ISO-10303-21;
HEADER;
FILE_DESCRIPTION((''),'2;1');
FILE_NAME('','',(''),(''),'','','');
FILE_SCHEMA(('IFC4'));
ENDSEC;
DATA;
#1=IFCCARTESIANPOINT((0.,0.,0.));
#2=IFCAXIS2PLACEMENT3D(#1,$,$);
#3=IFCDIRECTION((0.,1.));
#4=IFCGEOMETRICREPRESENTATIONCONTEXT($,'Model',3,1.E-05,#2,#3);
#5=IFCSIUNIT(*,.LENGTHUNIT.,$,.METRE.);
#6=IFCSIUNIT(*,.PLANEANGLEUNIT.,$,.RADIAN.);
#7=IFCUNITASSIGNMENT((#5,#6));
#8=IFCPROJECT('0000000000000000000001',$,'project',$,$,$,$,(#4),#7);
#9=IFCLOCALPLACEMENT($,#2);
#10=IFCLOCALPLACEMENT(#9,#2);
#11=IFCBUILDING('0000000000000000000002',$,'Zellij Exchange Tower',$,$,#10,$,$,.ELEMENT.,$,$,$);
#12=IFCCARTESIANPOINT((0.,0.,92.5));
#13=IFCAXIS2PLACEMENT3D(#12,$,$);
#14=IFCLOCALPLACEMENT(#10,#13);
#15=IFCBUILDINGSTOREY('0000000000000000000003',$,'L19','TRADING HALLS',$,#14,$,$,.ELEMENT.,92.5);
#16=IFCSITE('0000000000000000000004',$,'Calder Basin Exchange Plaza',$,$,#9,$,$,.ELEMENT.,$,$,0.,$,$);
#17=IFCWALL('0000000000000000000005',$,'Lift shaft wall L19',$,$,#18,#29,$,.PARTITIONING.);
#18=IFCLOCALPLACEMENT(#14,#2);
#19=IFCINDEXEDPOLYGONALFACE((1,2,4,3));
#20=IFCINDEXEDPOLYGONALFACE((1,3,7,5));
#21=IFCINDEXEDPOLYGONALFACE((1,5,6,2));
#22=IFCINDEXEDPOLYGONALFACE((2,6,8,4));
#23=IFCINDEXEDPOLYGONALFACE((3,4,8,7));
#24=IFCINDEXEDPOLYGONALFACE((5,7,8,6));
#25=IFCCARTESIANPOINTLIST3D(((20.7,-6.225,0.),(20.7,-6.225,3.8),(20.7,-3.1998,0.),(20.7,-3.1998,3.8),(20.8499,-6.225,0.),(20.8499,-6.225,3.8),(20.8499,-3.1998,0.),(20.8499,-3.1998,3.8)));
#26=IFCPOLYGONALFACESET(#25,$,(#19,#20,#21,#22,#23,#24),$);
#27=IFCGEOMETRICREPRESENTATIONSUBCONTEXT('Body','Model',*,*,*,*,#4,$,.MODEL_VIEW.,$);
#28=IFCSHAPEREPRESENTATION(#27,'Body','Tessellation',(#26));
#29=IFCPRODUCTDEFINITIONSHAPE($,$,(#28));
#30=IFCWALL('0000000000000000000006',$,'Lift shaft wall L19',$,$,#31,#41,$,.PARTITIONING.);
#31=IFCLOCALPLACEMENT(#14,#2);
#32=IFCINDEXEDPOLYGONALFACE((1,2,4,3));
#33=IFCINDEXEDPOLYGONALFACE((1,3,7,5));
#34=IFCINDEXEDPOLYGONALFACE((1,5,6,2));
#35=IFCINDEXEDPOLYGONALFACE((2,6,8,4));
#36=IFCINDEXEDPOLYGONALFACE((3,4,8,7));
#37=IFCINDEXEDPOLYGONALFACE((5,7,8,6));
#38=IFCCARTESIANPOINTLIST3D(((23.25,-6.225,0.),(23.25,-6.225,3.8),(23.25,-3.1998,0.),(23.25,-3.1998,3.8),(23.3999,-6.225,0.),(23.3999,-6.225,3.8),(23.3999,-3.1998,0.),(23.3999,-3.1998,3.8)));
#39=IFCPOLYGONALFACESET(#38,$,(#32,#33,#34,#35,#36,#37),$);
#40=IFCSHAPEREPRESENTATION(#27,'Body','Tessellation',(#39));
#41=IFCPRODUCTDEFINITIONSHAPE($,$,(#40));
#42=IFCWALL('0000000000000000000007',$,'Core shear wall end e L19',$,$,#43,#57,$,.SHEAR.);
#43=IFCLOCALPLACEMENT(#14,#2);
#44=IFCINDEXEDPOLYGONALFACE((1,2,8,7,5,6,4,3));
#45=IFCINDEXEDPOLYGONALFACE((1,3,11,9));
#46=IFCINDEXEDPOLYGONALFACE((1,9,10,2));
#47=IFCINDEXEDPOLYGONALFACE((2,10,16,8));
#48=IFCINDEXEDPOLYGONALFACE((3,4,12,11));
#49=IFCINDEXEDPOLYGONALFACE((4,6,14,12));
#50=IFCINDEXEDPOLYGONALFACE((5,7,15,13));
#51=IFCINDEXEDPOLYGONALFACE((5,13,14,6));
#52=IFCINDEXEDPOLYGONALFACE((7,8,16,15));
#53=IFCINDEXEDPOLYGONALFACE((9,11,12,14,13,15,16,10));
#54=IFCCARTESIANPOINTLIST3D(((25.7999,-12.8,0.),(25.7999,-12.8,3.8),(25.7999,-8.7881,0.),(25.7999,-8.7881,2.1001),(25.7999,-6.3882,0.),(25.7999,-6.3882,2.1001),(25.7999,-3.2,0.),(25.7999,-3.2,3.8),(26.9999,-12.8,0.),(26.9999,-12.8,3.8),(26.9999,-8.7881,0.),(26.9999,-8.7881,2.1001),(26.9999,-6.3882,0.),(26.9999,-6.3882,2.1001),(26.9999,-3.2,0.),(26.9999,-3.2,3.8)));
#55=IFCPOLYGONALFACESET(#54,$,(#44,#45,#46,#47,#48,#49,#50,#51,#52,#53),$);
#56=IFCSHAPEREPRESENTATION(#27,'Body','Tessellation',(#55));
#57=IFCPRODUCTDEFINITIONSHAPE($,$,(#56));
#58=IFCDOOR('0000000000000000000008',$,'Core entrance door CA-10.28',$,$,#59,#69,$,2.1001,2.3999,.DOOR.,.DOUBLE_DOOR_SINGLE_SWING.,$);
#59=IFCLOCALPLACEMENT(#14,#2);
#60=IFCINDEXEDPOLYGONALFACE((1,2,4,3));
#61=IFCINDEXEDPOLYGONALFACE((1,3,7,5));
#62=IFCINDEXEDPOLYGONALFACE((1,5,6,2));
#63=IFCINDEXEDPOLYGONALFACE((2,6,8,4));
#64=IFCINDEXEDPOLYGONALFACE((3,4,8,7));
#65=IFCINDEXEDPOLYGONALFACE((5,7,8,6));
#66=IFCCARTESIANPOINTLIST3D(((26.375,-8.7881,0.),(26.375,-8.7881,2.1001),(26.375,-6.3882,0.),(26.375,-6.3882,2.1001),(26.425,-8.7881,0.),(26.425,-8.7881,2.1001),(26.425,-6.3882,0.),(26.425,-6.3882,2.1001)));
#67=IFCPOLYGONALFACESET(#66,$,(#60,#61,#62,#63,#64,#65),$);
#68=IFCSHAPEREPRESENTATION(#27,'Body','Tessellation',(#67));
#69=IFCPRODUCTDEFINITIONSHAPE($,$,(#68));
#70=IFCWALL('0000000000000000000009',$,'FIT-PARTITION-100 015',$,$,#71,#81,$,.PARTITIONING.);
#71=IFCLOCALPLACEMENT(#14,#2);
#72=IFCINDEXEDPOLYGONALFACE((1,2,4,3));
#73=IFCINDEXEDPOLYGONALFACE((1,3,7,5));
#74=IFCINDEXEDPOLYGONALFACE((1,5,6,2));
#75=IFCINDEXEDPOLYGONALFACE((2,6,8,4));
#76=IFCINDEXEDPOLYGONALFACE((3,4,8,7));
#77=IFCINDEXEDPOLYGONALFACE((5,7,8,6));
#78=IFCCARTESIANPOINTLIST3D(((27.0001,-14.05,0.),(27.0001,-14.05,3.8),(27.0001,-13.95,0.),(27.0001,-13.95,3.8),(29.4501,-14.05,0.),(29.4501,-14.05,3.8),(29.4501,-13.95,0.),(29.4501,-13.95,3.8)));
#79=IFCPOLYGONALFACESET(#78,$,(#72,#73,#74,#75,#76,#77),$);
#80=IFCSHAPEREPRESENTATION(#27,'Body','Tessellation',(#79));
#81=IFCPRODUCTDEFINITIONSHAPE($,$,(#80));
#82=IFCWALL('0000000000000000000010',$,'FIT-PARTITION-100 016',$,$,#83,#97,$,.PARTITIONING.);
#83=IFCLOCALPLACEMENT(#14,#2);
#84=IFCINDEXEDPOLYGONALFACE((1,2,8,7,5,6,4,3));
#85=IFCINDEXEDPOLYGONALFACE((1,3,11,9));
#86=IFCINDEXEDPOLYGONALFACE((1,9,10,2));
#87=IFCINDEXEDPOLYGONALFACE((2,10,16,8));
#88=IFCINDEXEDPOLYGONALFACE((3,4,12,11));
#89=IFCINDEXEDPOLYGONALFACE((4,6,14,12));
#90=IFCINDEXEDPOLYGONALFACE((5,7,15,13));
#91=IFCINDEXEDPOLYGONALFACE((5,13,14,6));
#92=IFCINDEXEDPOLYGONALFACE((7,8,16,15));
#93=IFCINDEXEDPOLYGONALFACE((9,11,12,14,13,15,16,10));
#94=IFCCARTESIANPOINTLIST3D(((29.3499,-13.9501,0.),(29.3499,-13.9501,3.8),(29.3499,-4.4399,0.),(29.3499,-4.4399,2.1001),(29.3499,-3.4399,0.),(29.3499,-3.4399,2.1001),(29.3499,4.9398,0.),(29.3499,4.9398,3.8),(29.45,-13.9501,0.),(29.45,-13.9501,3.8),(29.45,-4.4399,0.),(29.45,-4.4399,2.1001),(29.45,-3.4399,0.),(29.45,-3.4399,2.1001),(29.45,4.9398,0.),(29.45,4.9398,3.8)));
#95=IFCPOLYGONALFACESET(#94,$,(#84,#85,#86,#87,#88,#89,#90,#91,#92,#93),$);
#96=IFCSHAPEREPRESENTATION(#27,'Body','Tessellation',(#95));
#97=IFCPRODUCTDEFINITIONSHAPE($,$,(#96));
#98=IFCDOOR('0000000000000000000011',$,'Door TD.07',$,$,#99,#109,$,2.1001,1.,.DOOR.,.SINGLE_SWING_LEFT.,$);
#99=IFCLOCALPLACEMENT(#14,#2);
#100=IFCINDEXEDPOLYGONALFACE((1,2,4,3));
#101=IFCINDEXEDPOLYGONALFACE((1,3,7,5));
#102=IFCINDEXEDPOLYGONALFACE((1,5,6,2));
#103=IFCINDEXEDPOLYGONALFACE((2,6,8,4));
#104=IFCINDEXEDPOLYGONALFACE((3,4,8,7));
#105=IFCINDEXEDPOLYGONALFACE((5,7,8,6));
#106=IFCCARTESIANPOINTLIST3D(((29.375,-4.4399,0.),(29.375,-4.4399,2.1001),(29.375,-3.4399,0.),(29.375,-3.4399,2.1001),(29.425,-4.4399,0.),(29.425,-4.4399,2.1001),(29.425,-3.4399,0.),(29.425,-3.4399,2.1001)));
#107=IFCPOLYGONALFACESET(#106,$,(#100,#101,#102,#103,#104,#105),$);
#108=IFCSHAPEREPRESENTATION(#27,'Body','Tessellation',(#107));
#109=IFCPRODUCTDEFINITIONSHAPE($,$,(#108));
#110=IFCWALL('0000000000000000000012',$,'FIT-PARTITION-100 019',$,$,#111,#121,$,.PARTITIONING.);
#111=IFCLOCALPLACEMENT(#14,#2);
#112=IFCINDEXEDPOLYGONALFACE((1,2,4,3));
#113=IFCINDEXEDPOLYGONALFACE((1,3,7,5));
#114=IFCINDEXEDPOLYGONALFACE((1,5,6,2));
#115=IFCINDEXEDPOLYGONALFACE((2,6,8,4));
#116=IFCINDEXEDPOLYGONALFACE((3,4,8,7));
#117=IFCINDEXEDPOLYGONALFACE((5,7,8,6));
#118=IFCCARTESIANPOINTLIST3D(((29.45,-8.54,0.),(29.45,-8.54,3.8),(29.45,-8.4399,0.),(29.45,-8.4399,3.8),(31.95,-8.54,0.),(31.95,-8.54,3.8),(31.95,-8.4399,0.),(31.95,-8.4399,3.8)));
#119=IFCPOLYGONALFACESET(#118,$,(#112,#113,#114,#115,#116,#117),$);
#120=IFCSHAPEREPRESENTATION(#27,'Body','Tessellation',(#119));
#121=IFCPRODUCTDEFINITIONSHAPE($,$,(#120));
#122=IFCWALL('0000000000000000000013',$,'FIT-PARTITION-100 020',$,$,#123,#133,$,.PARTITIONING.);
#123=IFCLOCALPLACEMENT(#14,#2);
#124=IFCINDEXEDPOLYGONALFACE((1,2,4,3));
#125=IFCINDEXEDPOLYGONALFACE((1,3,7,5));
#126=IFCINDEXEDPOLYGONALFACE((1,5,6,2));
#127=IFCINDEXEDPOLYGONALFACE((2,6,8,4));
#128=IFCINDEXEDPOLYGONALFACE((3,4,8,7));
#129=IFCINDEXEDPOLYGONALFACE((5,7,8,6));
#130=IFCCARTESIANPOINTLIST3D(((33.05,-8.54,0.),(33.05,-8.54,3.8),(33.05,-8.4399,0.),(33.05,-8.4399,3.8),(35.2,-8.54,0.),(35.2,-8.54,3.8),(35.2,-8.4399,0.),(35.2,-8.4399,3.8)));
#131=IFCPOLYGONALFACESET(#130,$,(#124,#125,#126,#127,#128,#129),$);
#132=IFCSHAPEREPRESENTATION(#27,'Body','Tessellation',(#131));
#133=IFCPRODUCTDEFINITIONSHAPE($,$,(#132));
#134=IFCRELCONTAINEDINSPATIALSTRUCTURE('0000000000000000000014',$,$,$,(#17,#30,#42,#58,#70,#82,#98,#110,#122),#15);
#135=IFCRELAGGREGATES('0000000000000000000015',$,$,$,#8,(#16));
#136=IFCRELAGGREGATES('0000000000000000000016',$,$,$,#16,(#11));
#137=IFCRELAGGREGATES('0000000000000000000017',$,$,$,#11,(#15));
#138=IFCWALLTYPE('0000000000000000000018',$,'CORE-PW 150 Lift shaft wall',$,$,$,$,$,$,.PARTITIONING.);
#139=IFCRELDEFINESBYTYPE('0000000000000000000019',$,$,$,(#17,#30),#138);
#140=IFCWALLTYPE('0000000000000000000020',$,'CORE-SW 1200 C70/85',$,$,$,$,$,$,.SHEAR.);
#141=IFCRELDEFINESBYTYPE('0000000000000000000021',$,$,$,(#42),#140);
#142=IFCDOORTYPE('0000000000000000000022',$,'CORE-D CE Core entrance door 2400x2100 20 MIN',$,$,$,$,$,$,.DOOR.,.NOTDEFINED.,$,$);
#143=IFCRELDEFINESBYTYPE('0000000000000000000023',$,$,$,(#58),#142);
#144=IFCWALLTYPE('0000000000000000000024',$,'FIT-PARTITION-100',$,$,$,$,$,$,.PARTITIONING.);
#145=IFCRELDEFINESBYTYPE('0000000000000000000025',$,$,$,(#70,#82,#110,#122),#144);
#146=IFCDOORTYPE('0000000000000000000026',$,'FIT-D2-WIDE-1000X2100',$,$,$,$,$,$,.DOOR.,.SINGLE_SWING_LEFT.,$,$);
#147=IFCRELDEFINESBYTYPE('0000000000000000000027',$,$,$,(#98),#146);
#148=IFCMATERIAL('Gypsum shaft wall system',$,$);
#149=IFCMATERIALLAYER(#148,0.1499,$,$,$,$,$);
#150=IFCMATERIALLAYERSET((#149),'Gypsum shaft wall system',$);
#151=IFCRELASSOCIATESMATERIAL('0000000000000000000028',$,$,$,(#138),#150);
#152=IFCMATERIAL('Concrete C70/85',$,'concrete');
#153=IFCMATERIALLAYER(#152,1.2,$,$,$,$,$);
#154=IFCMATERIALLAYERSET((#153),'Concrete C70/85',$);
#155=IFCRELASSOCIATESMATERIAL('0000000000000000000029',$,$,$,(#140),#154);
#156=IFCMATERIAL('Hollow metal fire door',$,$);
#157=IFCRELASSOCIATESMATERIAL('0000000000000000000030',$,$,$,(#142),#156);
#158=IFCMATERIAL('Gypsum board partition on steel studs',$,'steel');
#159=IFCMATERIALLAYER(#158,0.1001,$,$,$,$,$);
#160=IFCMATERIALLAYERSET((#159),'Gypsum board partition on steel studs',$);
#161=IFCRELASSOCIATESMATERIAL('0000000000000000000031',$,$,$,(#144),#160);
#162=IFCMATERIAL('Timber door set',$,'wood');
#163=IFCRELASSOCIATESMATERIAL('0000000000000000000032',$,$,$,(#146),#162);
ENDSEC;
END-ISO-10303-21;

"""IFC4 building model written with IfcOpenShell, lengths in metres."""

from ifc_helpers import new_model, si_unit, direction, frame, frame_2d, origin, place, context, subcontext, project, spatial, rectangle, extrude, material, layer, layer_set, type_object, element, fill, save


model = new_model("IFC4")

# Units and contexts
model_context = context("Model", 3, precision=1e-05, world=origin(), true_north=direction((0.0, 1.0)))
body_context = subcontext(model_context, "Body", "Model", "MODEL_VIEW")
ifc_project = project(units=[si_unit("LENGTHUNIT", "METRE"), si_unit("PLANEANGLEUNIT", "RADIAN")], contexts=[model_context])

# Site, building, storey
site_placement = place(None, origin())
site = spatial("IfcSite", under=ifc_project, at=site_placement, Name="Calder Basin Exchange Plaza", CompositionType="ELEMENT", RefElevation=0.0)
building_placement = place(site_placement, origin())
building = spatial("IfcBuilding", under=site, at=building_placement, Name="Zellij Exchange Tower", CompositionType="ELEMENT")
storey_placement = place(building_placement, frame((0.0, 0.0, 92.5)))
storey = spatial("IfcBuildingStorey", under=building, at=storey_placement, Name="L19", Description="TRADING HALLS", CompositionType="ELEMENT", Elevation=92.5)

# Shared definitions
ifc_material_1 = material(Name="Concrete C70/85", Category="concrete")

# Walls
ifc_material_2 = material(Name="Gypsum shaft wall system")
ifc_layer_1 = layer(ifc_material_2, 0.1499)
ifc_layer_set_1 = layer_set([ifc_layer_1], Name="Gypsum shaft wall system")
wall_type_1 = type_object("IfcWallType", Name="CORE-PW 150 Lift shaft wall", PredefinedType="PARTITIONING", material=ifc_layer_set_1)
for number, where, z_axis, x_axis, name in (
    (1, (20.7749, -6.2251, 0.0), (0.0, 0.0, 1.0), (0.0, 1.0, 0.0), "Lift shaft wall L19"),
    (2, (23.325, -6.2251, 0.0), (0.0, 0.0, 1.0), (0.0, 1.0, 0.0), "Lift shaft wall L19"),
):
    element("IfcWall", number, at=place(storey_placement, frame(where, z_axis=z_axis, x_axis=x_axis)), inside=storey, type_object=wall_type_1, Name=name, PredefinedType="PARTITIONING", context=body_context, shape_type="SweptSolid", body=[
        extrude(rectangle(XDim=3.0251, YDim=0.1499, at=frame_2d((1.5127, 0.0))), origin(), (0.0, 0.0, 1.0), 3.8),
    ])

# Wall, opening, door
ifc_layer_2 = layer(ifc_material_1, 1.2)
ifc_layer_set_2 = layer_set([ifc_layer_2], Name="Concrete C70/85")
wall_type_2 = type_object("IfcWallType", Name="CORE-SW 1200 C70/85", PredefinedType="SHEAR", material=ifc_layer_set_2)
wall_1_placement = place(storey_placement, frame((26.3999, -12.8, 0.0), z_axis=(0.0, 0.0, 1.0), x_axis=(0.0, 1.0, 0.0)))
wall_1 = element("IfcWall", 3, at=wall_1_placement, inside=storey, type_object=wall_type_2, Name="Core shear wall end e L19", PredefinedType="SHEAR", context=body_context, shape_type="SweptSolid", body=[
    extrude(rectangle(XDim=9.6001, YDim=1.2, at=frame_2d((4.8, 0.0))), origin(), (0.0, 0.0, 1.0), 3.8),
])
opening_1_placement = place(wall_1_placement, frame((4.012, 0.0, 0.0)))
opening_1 = element("IfcOpeningElement", 4, at=opening_1_placement, cuts=wall_1, PredefinedType="OPENING", context=body_context, shape_type="SweptSolid", body=[
    extrude(rectangle(XDim=2.3999, YDim=2.1001, at=frame_2d((1.2, 1.05))), frame((0.0, 0.6118, 0.0), z_axis=(0.0, -1.0, 0.0), x_axis=(1.0, 0.0, 0.0)), (0.0, 0.0, 1.0), 1.2239),
])
ifc_material_3 = material(Name="Hollow metal fire door")
door_type_1 = type_object("IfcDoorType", Name="CORE-D CE Core entrance door 2400x2100 20 MIN", OperationType="NOTDEFINED", PredefinedType="DOOR", material=ifc_material_3)
door_1_placement = place(opening_1_placement, origin())
door_1 = element("IfcDoor", 5, at=door_1_placement, inside=storey, type_object=door_type_1, Name="Core entrance door CA-10.28", OperationType="DOUBLE_DOOR_SINGLE_SWING", OverallHeight=2.1001, OverallWidth=2.3999, PredefinedType="DOOR", context=body_context, shape_type="SweptSolid", body=[
    extrude(rectangle(XDim=2.3999, YDim=2.1001, at=frame_2d((1.2, 1.05))), frame((0.0, 0.0249, 0.0), z_axis=(0.0, -1.0, 0.0), x_axis=(1.0, 0.0, 0.0)), (0.0, 0.0, 1.0), 0.05),
])
fill(opening_1, door_1)

# Wall
ifc_material_4 = material(Name="Gypsum board partition on steel studs", Category="steel")
ifc_layer_3 = layer(ifc_material_4, 0.1001)
ifc_layer_set_3 = layer_set([ifc_layer_3], Name="Gypsum board partition on steel studs")
wall_type_3 = type_object("IfcWallType", Name="FIT-PARTITION-100", PredefinedType="PARTITIONING", material=ifc_layer_set_3)
wall_2_placement = place(storey_placement, frame((27.0, -14.0, 0.0), z_axis=(0.0, 0.0, 1.0), x_axis=(1.0, 0.0, 0.0)))
element("IfcWall", 6, at=wall_2_placement, inside=storey, type_object=wall_type_3, Name="FIT-PARTITION-100 015", PredefinedType="PARTITIONING", context=body_context, shape_type="SweptSolid", body=[
    extrude(rectangle(XDim=2.45, YDim=0.1001, at=frame_2d((1.2251, 0.0))), origin(), (0.0, 0.0, 1.0), 3.8),
])

# Wall, opening, door
wall_3_placement = place(storey_placement, frame((29.3999, -13.95, 0.0), z_axis=(0.0, 0.0, 1.0), x_axis=(0.0, 1.0, 0.0)))
wall_3 = element("IfcWall", 7, at=wall_3_placement, inside=storey, type_object=wall_type_3, Name="FIT-PARTITION-100 016", PredefinedType="PARTITIONING", context=body_context, shape_type="SweptSolid", body=[
    extrude(rectangle(XDim=18.8899, YDim=0.1001, at=frame_2d((9.4448, 0.0))), origin(), (0.0, 0.0, 1.0), 3.8),
])
opening_2_placement = place(wall_3_placement, frame((9.51, 0.0, 0.0)))
opening_2 = element("IfcOpeningElement", 8, at=opening_2_placement, cuts=wall_3, PredefinedType="OPENING", context=body_context, shape_type="SweptSolid", body=[
    extrude(rectangle(XDim=1.0, YDim=2.1001, at=frame_2d((0.5, 1.05))), frame((0.0, 0.062, 0.0), z_axis=(0.0, -1.0, 0.0), x_axis=(1.0, 0.0, 0.0)), (0.0, 0.0, 1.0), 0.124),
])
ifc_material_5 = material(Name="Timber door set", Category="wood")
door_type_2 = type_object("IfcDoorType", Name="FIT-D2-WIDE-1000X2100", OperationType="SINGLE_SWING_LEFT", PredefinedType="DOOR", material=ifc_material_5)
door_2_placement = place(opening_2_placement, origin())
door_2 = element("IfcDoor", 9, at=door_2_placement, inside=storey, type_object=door_type_2, Name="Door TD.07", OperationType="SINGLE_SWING_LEFT", OverallHeight=2.1001, OverallWidth=1.0, PredefinedType="DOOR", context=body_context, shape_type="SweptSolid", body=[
    extrude(rectangle(XDim=1.0, YDim=2.1001, at=frame_2d((0.5, 1.05))), frame((0.0, 0.0249, 0.0), z_axis=(0.0, -1.0, 0.0), x_axis=(1.0, 0.0, 0.0)), (0.0, 0.0, 1.0), 0.05),
])
fill(opening_2, door_2)

# Walls
wall_4_placement = place(storey_placement, frame((29.45, -8.49, 0.0), z_axis=(0.0, 0.0, 1.0), x_axis=(1.0, 0.0, 0.0)))
element("IfcWall", 10, at=wall_4_placement, inside=storey, type_object=wall_type_3, Name="FIT-PARTITION-100 019", PredefinedType="PARTITIONING", context=body_context, shape_type="SweptSolid", body=[
    extrude(rectangle(XDim=2.5, YDim=0.1001, at=frame_2d((1.25, 0.0))), origin(), (0.0, 0.0, 1.0), 3.8),
])
wall_5_placement = place(storey_placement, frame((33.05, -8.49, 0.0), z_axis=(0.0, 0.0, 1.0), x_axis=(1.0, 0.0, 0.0)))
element("IfcWall", 11, at=wall_5_placement, inside=storey, type_object=wall_type_3, Name="FIT-PARTITION-100 020", PredefinedType="PARTITIONING", context=body_context, shape_type="SweptSolid", body=[
    extrude(rectangle(XDim=2.1499, YDim=0.1001, at=frame_2d((1.075, 0.0))), origin(), (0.0, 0.0, 1.0), 3.8),
])

save(model, "model.ifc")
